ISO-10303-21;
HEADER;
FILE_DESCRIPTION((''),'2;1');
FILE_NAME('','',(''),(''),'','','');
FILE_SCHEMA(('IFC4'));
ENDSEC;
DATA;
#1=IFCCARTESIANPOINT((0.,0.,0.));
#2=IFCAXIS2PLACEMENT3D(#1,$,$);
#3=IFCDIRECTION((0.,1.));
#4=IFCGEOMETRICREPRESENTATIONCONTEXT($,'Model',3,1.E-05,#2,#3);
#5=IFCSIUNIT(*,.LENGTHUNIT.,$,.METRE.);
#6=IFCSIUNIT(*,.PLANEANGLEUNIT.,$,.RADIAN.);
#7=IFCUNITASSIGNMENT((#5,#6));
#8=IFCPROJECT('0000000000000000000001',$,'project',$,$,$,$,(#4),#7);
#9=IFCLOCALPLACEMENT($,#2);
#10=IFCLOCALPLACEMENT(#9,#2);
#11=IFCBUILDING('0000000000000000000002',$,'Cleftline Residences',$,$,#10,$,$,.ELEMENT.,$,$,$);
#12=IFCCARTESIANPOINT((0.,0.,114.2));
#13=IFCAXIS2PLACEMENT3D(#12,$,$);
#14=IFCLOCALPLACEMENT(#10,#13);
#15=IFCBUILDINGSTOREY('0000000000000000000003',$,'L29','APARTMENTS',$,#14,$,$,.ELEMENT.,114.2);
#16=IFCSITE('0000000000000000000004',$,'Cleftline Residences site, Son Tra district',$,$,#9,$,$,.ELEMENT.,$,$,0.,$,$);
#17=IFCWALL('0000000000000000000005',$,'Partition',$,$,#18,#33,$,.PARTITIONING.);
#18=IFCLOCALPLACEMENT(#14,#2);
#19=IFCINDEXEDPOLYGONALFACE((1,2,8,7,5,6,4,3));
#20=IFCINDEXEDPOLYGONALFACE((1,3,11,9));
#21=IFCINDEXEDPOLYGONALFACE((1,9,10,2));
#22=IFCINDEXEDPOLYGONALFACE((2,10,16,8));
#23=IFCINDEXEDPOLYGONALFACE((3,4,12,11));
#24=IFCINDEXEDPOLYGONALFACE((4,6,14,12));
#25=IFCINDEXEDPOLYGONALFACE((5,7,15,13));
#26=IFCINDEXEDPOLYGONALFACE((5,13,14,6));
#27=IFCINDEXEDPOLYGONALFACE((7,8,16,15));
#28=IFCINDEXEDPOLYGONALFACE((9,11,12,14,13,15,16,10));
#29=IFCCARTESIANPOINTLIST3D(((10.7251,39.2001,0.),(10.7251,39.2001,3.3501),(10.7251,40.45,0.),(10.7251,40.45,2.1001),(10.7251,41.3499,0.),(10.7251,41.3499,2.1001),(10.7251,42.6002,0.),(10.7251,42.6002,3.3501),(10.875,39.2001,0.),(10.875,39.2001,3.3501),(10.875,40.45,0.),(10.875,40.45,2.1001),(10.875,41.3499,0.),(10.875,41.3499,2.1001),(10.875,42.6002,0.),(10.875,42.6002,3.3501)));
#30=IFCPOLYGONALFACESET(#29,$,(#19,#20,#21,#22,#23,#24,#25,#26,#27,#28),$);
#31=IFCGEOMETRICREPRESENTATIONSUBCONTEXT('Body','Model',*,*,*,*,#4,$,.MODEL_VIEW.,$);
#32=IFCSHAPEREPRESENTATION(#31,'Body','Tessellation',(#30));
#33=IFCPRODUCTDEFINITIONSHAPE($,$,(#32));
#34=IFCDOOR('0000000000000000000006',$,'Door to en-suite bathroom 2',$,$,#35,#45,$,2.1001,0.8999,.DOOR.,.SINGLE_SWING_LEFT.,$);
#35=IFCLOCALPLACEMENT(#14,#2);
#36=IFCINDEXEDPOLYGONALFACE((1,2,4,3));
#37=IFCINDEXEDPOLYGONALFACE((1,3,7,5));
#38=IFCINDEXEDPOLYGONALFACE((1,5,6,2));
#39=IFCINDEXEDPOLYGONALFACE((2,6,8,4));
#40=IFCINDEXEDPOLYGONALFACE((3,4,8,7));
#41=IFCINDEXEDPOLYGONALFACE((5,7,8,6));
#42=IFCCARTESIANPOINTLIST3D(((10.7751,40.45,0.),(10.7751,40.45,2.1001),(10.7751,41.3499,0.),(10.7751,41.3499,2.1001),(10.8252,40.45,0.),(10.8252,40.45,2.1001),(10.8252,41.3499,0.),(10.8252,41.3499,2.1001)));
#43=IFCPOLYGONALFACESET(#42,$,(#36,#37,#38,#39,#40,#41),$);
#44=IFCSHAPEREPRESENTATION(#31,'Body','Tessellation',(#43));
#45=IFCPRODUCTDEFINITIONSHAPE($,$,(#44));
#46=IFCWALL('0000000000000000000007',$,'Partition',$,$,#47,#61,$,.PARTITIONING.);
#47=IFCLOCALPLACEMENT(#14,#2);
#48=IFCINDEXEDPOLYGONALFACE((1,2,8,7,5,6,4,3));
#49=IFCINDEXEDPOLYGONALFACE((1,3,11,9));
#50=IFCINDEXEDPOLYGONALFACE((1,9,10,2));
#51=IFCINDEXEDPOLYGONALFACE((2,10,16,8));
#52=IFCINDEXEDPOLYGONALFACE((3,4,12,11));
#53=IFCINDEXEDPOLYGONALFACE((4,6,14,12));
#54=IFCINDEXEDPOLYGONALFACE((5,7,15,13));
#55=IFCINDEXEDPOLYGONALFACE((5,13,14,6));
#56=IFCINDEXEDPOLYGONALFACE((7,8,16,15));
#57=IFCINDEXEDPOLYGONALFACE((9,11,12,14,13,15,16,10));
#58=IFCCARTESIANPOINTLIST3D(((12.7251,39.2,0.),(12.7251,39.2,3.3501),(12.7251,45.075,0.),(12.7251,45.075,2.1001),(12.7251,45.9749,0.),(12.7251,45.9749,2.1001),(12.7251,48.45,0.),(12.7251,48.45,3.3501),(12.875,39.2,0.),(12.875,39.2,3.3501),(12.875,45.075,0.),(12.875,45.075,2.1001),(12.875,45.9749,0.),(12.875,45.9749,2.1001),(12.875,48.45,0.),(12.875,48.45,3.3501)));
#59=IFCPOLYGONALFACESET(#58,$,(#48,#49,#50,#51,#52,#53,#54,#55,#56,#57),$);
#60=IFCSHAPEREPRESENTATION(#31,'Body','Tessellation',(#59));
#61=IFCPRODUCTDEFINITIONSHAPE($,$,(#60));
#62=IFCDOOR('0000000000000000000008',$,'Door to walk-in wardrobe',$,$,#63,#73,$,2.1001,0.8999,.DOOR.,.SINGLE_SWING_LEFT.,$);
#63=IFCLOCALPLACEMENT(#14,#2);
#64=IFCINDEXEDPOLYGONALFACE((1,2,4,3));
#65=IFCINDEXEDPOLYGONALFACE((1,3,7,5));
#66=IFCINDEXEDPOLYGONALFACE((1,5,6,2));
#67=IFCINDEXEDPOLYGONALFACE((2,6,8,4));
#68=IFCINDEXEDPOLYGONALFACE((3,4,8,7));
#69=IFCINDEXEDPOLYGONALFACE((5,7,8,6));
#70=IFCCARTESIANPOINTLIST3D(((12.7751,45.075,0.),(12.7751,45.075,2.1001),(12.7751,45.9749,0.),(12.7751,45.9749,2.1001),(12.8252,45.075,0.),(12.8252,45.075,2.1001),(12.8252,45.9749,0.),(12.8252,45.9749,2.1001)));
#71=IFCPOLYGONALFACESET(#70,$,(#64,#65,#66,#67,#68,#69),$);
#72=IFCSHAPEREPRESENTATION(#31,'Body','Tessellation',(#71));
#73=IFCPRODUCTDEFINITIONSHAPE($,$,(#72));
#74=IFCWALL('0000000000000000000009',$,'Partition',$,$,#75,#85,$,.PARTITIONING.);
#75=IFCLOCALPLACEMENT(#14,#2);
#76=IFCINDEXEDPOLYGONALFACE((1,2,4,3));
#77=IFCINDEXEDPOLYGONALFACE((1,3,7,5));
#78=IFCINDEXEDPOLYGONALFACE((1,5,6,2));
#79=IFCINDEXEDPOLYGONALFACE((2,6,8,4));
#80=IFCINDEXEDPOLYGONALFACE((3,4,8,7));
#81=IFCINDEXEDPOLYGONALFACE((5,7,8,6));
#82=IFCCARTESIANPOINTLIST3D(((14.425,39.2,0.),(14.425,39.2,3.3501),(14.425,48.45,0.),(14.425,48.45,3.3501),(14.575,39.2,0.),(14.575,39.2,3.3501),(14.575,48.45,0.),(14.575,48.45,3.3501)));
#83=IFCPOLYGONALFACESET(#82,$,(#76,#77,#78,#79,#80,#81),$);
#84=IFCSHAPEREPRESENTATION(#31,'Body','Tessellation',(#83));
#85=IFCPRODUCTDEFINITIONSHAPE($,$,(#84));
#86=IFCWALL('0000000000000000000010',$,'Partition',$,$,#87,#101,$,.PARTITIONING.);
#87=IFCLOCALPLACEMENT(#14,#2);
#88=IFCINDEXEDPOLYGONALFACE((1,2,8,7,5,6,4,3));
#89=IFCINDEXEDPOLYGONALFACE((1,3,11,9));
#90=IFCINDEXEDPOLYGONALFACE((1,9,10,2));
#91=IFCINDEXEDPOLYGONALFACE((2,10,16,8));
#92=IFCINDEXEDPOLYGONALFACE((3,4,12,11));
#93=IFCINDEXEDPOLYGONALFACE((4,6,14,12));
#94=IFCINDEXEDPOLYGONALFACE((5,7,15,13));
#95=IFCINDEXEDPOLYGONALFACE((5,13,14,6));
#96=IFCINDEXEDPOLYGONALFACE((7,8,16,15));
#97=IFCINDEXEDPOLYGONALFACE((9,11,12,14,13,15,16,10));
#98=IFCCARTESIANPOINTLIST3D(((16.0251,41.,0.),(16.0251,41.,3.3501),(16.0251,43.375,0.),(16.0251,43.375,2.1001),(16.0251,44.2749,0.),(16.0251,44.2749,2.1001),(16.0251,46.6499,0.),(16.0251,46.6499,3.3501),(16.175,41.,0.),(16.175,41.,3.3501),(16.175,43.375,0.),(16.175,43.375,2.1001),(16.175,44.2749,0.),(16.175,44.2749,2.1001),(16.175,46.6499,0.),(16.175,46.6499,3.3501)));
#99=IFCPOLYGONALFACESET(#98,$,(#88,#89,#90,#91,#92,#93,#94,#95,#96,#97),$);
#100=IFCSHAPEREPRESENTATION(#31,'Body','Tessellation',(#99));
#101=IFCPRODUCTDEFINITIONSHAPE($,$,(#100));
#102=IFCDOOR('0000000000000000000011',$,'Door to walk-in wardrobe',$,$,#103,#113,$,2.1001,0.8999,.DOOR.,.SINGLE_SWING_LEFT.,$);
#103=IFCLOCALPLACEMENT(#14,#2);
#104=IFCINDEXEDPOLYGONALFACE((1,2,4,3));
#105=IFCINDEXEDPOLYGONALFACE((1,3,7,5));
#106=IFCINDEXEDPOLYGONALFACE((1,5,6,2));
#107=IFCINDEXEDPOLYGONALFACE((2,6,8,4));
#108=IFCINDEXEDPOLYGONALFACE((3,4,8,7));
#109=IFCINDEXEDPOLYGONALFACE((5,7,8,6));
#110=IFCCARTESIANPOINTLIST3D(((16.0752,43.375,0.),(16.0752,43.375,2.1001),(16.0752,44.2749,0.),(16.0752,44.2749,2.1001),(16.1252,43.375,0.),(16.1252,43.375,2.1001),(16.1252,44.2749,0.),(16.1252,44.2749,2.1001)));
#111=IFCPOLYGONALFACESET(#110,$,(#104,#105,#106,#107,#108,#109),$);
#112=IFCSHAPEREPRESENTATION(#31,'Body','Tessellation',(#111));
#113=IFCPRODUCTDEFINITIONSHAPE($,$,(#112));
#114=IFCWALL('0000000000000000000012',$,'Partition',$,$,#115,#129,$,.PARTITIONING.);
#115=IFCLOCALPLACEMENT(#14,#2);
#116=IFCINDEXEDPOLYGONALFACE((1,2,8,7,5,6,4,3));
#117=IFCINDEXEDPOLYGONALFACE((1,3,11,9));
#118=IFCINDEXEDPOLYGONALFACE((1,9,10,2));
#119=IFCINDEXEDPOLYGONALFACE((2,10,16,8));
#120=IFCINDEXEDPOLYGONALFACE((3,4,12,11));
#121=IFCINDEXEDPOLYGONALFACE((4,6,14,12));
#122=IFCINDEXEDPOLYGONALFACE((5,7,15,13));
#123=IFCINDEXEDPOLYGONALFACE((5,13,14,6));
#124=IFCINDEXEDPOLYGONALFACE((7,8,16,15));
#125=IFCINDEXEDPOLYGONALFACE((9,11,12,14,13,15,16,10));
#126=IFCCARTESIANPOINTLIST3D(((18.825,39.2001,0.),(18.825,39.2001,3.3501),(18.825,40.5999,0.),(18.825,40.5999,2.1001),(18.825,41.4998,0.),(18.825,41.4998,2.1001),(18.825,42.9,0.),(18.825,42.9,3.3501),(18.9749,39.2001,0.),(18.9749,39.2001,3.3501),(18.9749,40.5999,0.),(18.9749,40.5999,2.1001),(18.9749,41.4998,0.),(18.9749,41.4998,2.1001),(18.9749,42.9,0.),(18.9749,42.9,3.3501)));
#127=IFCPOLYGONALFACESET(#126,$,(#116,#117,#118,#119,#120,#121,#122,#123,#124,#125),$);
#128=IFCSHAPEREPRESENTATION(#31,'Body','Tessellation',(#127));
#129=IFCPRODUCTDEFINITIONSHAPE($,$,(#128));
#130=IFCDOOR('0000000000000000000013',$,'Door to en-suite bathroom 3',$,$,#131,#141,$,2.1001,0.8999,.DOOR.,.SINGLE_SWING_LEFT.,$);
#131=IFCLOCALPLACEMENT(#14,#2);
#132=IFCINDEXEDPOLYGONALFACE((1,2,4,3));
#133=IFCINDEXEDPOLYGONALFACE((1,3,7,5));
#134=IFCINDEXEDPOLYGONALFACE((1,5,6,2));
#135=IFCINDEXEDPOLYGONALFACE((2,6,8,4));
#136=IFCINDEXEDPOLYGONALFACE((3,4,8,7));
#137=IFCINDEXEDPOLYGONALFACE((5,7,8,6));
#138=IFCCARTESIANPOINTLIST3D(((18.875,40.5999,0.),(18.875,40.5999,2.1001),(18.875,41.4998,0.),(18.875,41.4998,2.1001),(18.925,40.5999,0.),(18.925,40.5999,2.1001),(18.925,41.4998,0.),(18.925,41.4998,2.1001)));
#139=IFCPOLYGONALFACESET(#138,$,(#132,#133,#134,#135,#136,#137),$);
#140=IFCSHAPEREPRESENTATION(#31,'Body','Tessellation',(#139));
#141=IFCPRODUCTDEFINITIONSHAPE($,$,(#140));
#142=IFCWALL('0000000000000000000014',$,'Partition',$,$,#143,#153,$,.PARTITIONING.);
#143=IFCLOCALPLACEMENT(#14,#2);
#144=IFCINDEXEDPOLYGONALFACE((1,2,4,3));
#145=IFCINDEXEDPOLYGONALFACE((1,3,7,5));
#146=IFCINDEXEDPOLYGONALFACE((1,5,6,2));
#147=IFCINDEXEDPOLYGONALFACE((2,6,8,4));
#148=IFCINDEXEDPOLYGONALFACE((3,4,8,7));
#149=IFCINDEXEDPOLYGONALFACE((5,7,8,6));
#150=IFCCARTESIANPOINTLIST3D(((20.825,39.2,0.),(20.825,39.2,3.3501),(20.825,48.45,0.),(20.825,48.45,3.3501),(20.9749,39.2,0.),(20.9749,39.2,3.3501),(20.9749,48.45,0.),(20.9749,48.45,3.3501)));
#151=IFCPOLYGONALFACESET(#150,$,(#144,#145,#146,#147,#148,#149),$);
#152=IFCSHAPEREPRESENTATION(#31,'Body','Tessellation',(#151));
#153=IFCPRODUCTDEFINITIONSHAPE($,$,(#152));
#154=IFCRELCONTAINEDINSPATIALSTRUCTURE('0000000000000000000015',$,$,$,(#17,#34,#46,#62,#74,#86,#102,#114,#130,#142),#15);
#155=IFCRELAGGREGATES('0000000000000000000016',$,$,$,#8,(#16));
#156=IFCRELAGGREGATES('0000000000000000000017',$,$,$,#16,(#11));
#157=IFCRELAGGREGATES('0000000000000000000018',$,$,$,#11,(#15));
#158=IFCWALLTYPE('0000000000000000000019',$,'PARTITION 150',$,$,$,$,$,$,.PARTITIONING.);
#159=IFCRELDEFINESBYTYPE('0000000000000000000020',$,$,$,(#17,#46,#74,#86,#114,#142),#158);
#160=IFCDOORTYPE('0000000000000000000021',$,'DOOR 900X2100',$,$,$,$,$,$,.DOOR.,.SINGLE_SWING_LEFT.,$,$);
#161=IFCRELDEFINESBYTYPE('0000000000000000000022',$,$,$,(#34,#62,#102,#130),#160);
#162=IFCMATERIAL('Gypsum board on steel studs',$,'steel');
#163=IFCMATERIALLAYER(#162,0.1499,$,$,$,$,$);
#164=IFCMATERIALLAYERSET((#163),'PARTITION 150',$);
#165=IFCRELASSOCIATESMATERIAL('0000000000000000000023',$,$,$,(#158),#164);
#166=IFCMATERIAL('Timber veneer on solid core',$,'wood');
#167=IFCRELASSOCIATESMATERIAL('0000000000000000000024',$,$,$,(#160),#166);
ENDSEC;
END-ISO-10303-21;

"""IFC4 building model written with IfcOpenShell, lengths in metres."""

from ifc_helpers import new_model, si_unit, direction, frame, frame_2d, origin, place, context, subcontext, project, spatial, rectangle, extrude, material, layer, layer_set, type_object, element, fill, save


model = new_model("IFC4")

# Units and contexts
model_context = context("Model", 3, precision=1e-05, world=origin(), true_north=direction((0.0, 1.0)))
body_context = subcontext(model_context, "Body", "Model", "MODEL_VIEW")
ifc_project = project(units=[si_unit("LENGTHUNIT", "METRE"), si_unit("PLANEANGLEUNIT", "RADIAN")], contexts=[model_context])

# Site, building, storey
site_placement = place(None, origin())
site = spatial("IfcSite", under=ifc_project, at=site_placement, Name="Cleftline Residences site, Son Tra district", CompositionType="ELEMENT", RefElevation=0.0)
building_placement = place(site_placement, origin())
building = spatial("IfcBuilding", under=site, at=building_placement, Name="Cleftline Residences", CompositionType="ELEMENT")
storey_placement = place(building_placement, frame((0.0, 0.0, 114.2)))
storey = spatial("IfcBuildingStorey", under=building, at=storey_placement, Name="L29", Description="APARTMENTS", CompositionType="ELEMENT", Elevation=114.2)

# Shared definitions
ifc_material_1 = material(Name="Gypsum board on steel studs", Category="steel")
ifc_layer = layer(ifc_material_1, 0.1499)
ifc_layer_set = layer_set([ifc_layer], Name="PARTITION 150")
wall_type = type_object("IfcWallType", Name="PARTITION 150", PredefinedType="PARTITIONING", material=ifc_layer_set)

# Walls, openings, doors
wall_1_placement = place(storey_placement, frame((10.8, 39.2, 0.0), z_axis=(0.0, 0.0, 1.0), x_axis=(0.0, 1.0, 0.0)))
wall_1 = element("IfcWall", 1, at=wall_1_placement, inside=storey, type_object=wall_type, Name="Partition", PredefinedType="PARTITIONING", context=body_context, shape_type="SweptSolid", body=[
    extrude(rectangle(XDim=3.4001, YDim=0.1499, at=frame_2d((1.7002, 0.0))), origin(), (0.0, 0.0, 1.0), 3.3501),
])
opening_1_placement = place(wall_1_placement, frame((1.25, 0.0, 0.0)))
opening_1 = element("IfcOpeningElement", 2, at=opening_1_placement, cuts=wall_1, PredefinedType="OPENING", context=body_context, shape_type="SweptSolid", body=[
    extrude(rectangle(XDim=0.8999, YDim=2.1001, at=frame_2d((0.45, 1.05))), frame((0.0, 0.085, 0.0), z_axis=(0.0, -1.0, 0.0), x_axis=(1.0, 0.0, 0.0)), (0.0, 0.0, 1.0), 0.1699),
])
ifc_material_2 = material(Name="Timber veneer on solid core", Category="wood")
door_type_1 = type_object("IfcDoorType", Name="DOOR 900X2100", OperationType="SINGLE_SWING_LEFT", PredefinedType="DOOR", material=ifc_material_2)
door_1_placement = place(opening_1_placement, origin())
door_1 = element("IfcDoor", 3, at=door_1_placement, inside=storey, type_object=door_type_1, Name="Door to en-suite bathroom 2", OperationType="SINGLE_SWING_LEFT", OverallHeight=2.1001, OverallWidth=0.8999, PredefinedType="DOOR", context=body_context, shape_type="SweptSolid", body=[
    extrude(rectangle(XDim=0.8999, YDim=2.1001, at=frame_2d((0.45, 1.05))), frame((0.0, 0.0249, 0.0), z_axis=(0.0, -1.0, 0.0), x_axis=(1.0, 0.0, 0.0)), (0.0, 0.0, 1.0), 0.05),
])
fill(opening_1, door_1)
wall_2_placement = place(storey_placement, frame((12.8, 39.2, 0.0), z_axis=(0.0, 0.0, 1.0), x_axis=(0.0, 1.0, 0.0)))
wall_2 = element("IfcWall", 4, at=wall_2_placement, inside=storey, type_object=wall_type, Name="Partition", PredefinedType="PARTITIONING", context=body_context, shape_type="SweptSolid", body=[
    extrude(rectangle(XDim=9.25, YDim=0.1499, at=frame_2d((4.625, 0.0))), origin(), (0.0, 0.0, 1.0), 3.3501),
])
opening_2_placement = place(wall_2_placement, frame((5.875, 0.0, 0.0)))
opening_2 = element("IfcOpeningElement", 5, at=opening_2_placement, cuts=wall_2, PredefinedType="OPENING", context=body_context, shape_type="SweptSolid", body=[
    extrude(rectangle(XDim=0.8999, YDim=2.1001, at=frame_2d((0.45, 1.05))), frame((0.0, 0.085, 0.0), z_axis=(0.0, -1.0, 0.0), x_axis=(1.0, 0.0, 0.0)), (0.0, 0.0, 1.0), 0.1699),
])
door_2_placement = place(opening_2_placement, origin())
door_2 = element("IfcDoor", 6, at=door_2_placement, inside=storey, type_object=door_type_1, Name="Door to walk-in wardrobe", OperationType="SINGLE_SWING_LEFT", OverallHeight=2.1001, OverallWidth=0.8999, PredefinedType="DOOR", context=body_context, shape_type="SweptSolid", body=[
    extrude(rectangle(XDim=0.8999, YDim=2.1001, at=frame_2d((0.45, 1.05))), frame((0.0, 0.0249, 0.0), z_axis=(0.0, -1.0, 0.0), x_axis=(1.0, 0.0, 0.0)), (0.0, 0.0, 1.0), 0.05),
])
fill(opening_2, door_2)

# Wall
wall_3_placement = place(storey_placement, frame((14.5, 39.2, 0.0), z_axis=(0.0, 0.0, 1.0), x_axis=(0.0, 1.0, 0.0)))
element("IfcWall", 7, at=wall_3_placement, inside=storey, type_object=wall_type, Name="Partition", PredefinedType="PARTITIONING", context=body_context, shape_type="SweptSolid", body=[
    extrude(rectangle(XDim=9.25, YDim=0.1499, at=frame_2d((4.625, 0.0))), origin(), (0.0, 0.0, 1.0), 3.3501),
])

# Walls, openings, doors
wall_4_placement = place(storey_placement, frame((16.1001, 41.0, 0.0), z_axis=(0.0, 0.0, 1.0), x_axis=(0.0, 1.0, 0.0)))
wall_4 = element("IfcWall", 8, at=wall_4_placement, inside=storey, type_object=wall_type, Name="Partition", PredefinedType="PARTITIONING", context=body_context, shape_type="SweptSolid", body=[
    extrude(rectangle(XDim=5.6499, YDim=0.1499, at=frame_2d((2.825, 0.0))), origin(), (0.0, 0.0, 1.0), 3.3501),
])
opening_3_placement = place(wall_4_placement, frame((2.375, 0.0, 0.0)))
opening_3 = element("IfcOpeningElement", 9, at=opening_3_placement, cuts=wall_4, PredefinedType="OPENING", context=body_context, shape_type="SweptSolid", body=[
    extrude(rectangle(XDim=0.8999, YDim=2.1001, at=frame_2d((0.45, 1.05))), frame((0.0, 0.085, 0.0), z_axis=(0.0, -1.0, 0.0), x_axis=(1.0, 0.0, 0.0)), (0.0, 0.0, 1.0), 0.1699),
])
door_3_placement = place(opening_3_placement, origin())
door_3 = element("IfcDoor", 10, at=door_3_placement, inside=storey, type_object=door_type_1, Name="Door to walk-in wardrobe", OperationType="SINGLE_SWING_LEFT", OverallHeight=2.1001, OverallWidth=0.8999, PredefinedType="DOOR", context=body_context, shape_type="SweptSolid", body=[
    extrude(rectangle(XDim=0.8999, YDim=2.1001, at=frame_2d((0.45, 1.05))), frame((0.0, 0.0249, 0.0), z_axis=(0.0, -1.0, 0.0), x_axis=(1.0, 0.0, 0.0)), (0.0, 0.0, 1.0), 0.05),
])
fill(opening_3, door_3)
wall_5_placement = place(storey_placement, frame((18.8999, 39.2, 0.0), z_axis=(0.0, 0.0, 1.0), x_axis=(0.0, 1.0, 0.0)))
wall_5 = element("IfcWall", 11, at=wall_5_placement, inside=storey, type_object=wall_type, Name="Partition", PredefinedType="PARTITIONING", context=body_context, shape_type="SweptSolid", body=[
    extrude(rectangle(XDim=3.7, YDim=0.1499, at=frame_2d((1.8501, 0.0))), origin(), (0.0, 0.0, 1.0), 3.3501),
])
opening_4_placement = place(wall_5_placement, frame((1.3999, 0.0, 0.0)))
opening_4 = element("IfcOpeningElement", 12, at=opening_4_placement, cuts=wall_5, PredefinedType="OPENING", context=body_context, shape_type="SweptSolid", body=[
    extrude(rectangle(XDim=0.8999, YDim=2.1001, at=frame_2d((0.45, 1.05))), frame((0.0, 0.085, 0.0), z_axis=(0.0, -1.0, 0.0), x_axis=(1.0, 0.0, 0.0)), (0.0, 0.0, 1.0), 0.1699),
])
door_4_placement = place(opening_4_placement, origin())
door_4 = element("IfcDoor", 13, at=door_4_placement, inside=storey, type_object=door_type_1, Name="Door to en-suite bathroom 3", OperationType="SINGLE_SWING_LEFT", OverallHeight=2.1001, OverallWidth=0.8999, PredefinedType="DOOR", context=body_context, shape_type="SweptSolid", body=[
    extrude(rectangle(XDim=0.8999, YDim=2.1001, at=frame_2d((0.45, 1.05))), frame((0.0, 0.0249, 0.0), z_axis=(0.0, -1.0, 0.0), x_axis=(1.0, 0.0, 0.0)), (0.0, 0.0, 1.0), 0.05),
])
fill(opening_4, door_4)

# Wall
wall_6_placement = place(storey_placement, frame((20.8999, 39.2, 0.0), z_axis=(0.0, 0.0, 1.0), x_axis=(0.0, 1.0, 0.0)))
element("IfcWall", 14, at=wall_6_placement, inside=storey, type_object=wall_type, Name="Partition", PredefinedType="PARTITIONING", context=body_context, shape_type="SweptSolid", body=[
    extrude(rectangle(XDim=9.25, YDim=0.1499, at=frame_2d((4.625, 0.0))), origin(), (0.0, 0.0, 1.0), 3.3501),
])

save(model, "model.ifc")
